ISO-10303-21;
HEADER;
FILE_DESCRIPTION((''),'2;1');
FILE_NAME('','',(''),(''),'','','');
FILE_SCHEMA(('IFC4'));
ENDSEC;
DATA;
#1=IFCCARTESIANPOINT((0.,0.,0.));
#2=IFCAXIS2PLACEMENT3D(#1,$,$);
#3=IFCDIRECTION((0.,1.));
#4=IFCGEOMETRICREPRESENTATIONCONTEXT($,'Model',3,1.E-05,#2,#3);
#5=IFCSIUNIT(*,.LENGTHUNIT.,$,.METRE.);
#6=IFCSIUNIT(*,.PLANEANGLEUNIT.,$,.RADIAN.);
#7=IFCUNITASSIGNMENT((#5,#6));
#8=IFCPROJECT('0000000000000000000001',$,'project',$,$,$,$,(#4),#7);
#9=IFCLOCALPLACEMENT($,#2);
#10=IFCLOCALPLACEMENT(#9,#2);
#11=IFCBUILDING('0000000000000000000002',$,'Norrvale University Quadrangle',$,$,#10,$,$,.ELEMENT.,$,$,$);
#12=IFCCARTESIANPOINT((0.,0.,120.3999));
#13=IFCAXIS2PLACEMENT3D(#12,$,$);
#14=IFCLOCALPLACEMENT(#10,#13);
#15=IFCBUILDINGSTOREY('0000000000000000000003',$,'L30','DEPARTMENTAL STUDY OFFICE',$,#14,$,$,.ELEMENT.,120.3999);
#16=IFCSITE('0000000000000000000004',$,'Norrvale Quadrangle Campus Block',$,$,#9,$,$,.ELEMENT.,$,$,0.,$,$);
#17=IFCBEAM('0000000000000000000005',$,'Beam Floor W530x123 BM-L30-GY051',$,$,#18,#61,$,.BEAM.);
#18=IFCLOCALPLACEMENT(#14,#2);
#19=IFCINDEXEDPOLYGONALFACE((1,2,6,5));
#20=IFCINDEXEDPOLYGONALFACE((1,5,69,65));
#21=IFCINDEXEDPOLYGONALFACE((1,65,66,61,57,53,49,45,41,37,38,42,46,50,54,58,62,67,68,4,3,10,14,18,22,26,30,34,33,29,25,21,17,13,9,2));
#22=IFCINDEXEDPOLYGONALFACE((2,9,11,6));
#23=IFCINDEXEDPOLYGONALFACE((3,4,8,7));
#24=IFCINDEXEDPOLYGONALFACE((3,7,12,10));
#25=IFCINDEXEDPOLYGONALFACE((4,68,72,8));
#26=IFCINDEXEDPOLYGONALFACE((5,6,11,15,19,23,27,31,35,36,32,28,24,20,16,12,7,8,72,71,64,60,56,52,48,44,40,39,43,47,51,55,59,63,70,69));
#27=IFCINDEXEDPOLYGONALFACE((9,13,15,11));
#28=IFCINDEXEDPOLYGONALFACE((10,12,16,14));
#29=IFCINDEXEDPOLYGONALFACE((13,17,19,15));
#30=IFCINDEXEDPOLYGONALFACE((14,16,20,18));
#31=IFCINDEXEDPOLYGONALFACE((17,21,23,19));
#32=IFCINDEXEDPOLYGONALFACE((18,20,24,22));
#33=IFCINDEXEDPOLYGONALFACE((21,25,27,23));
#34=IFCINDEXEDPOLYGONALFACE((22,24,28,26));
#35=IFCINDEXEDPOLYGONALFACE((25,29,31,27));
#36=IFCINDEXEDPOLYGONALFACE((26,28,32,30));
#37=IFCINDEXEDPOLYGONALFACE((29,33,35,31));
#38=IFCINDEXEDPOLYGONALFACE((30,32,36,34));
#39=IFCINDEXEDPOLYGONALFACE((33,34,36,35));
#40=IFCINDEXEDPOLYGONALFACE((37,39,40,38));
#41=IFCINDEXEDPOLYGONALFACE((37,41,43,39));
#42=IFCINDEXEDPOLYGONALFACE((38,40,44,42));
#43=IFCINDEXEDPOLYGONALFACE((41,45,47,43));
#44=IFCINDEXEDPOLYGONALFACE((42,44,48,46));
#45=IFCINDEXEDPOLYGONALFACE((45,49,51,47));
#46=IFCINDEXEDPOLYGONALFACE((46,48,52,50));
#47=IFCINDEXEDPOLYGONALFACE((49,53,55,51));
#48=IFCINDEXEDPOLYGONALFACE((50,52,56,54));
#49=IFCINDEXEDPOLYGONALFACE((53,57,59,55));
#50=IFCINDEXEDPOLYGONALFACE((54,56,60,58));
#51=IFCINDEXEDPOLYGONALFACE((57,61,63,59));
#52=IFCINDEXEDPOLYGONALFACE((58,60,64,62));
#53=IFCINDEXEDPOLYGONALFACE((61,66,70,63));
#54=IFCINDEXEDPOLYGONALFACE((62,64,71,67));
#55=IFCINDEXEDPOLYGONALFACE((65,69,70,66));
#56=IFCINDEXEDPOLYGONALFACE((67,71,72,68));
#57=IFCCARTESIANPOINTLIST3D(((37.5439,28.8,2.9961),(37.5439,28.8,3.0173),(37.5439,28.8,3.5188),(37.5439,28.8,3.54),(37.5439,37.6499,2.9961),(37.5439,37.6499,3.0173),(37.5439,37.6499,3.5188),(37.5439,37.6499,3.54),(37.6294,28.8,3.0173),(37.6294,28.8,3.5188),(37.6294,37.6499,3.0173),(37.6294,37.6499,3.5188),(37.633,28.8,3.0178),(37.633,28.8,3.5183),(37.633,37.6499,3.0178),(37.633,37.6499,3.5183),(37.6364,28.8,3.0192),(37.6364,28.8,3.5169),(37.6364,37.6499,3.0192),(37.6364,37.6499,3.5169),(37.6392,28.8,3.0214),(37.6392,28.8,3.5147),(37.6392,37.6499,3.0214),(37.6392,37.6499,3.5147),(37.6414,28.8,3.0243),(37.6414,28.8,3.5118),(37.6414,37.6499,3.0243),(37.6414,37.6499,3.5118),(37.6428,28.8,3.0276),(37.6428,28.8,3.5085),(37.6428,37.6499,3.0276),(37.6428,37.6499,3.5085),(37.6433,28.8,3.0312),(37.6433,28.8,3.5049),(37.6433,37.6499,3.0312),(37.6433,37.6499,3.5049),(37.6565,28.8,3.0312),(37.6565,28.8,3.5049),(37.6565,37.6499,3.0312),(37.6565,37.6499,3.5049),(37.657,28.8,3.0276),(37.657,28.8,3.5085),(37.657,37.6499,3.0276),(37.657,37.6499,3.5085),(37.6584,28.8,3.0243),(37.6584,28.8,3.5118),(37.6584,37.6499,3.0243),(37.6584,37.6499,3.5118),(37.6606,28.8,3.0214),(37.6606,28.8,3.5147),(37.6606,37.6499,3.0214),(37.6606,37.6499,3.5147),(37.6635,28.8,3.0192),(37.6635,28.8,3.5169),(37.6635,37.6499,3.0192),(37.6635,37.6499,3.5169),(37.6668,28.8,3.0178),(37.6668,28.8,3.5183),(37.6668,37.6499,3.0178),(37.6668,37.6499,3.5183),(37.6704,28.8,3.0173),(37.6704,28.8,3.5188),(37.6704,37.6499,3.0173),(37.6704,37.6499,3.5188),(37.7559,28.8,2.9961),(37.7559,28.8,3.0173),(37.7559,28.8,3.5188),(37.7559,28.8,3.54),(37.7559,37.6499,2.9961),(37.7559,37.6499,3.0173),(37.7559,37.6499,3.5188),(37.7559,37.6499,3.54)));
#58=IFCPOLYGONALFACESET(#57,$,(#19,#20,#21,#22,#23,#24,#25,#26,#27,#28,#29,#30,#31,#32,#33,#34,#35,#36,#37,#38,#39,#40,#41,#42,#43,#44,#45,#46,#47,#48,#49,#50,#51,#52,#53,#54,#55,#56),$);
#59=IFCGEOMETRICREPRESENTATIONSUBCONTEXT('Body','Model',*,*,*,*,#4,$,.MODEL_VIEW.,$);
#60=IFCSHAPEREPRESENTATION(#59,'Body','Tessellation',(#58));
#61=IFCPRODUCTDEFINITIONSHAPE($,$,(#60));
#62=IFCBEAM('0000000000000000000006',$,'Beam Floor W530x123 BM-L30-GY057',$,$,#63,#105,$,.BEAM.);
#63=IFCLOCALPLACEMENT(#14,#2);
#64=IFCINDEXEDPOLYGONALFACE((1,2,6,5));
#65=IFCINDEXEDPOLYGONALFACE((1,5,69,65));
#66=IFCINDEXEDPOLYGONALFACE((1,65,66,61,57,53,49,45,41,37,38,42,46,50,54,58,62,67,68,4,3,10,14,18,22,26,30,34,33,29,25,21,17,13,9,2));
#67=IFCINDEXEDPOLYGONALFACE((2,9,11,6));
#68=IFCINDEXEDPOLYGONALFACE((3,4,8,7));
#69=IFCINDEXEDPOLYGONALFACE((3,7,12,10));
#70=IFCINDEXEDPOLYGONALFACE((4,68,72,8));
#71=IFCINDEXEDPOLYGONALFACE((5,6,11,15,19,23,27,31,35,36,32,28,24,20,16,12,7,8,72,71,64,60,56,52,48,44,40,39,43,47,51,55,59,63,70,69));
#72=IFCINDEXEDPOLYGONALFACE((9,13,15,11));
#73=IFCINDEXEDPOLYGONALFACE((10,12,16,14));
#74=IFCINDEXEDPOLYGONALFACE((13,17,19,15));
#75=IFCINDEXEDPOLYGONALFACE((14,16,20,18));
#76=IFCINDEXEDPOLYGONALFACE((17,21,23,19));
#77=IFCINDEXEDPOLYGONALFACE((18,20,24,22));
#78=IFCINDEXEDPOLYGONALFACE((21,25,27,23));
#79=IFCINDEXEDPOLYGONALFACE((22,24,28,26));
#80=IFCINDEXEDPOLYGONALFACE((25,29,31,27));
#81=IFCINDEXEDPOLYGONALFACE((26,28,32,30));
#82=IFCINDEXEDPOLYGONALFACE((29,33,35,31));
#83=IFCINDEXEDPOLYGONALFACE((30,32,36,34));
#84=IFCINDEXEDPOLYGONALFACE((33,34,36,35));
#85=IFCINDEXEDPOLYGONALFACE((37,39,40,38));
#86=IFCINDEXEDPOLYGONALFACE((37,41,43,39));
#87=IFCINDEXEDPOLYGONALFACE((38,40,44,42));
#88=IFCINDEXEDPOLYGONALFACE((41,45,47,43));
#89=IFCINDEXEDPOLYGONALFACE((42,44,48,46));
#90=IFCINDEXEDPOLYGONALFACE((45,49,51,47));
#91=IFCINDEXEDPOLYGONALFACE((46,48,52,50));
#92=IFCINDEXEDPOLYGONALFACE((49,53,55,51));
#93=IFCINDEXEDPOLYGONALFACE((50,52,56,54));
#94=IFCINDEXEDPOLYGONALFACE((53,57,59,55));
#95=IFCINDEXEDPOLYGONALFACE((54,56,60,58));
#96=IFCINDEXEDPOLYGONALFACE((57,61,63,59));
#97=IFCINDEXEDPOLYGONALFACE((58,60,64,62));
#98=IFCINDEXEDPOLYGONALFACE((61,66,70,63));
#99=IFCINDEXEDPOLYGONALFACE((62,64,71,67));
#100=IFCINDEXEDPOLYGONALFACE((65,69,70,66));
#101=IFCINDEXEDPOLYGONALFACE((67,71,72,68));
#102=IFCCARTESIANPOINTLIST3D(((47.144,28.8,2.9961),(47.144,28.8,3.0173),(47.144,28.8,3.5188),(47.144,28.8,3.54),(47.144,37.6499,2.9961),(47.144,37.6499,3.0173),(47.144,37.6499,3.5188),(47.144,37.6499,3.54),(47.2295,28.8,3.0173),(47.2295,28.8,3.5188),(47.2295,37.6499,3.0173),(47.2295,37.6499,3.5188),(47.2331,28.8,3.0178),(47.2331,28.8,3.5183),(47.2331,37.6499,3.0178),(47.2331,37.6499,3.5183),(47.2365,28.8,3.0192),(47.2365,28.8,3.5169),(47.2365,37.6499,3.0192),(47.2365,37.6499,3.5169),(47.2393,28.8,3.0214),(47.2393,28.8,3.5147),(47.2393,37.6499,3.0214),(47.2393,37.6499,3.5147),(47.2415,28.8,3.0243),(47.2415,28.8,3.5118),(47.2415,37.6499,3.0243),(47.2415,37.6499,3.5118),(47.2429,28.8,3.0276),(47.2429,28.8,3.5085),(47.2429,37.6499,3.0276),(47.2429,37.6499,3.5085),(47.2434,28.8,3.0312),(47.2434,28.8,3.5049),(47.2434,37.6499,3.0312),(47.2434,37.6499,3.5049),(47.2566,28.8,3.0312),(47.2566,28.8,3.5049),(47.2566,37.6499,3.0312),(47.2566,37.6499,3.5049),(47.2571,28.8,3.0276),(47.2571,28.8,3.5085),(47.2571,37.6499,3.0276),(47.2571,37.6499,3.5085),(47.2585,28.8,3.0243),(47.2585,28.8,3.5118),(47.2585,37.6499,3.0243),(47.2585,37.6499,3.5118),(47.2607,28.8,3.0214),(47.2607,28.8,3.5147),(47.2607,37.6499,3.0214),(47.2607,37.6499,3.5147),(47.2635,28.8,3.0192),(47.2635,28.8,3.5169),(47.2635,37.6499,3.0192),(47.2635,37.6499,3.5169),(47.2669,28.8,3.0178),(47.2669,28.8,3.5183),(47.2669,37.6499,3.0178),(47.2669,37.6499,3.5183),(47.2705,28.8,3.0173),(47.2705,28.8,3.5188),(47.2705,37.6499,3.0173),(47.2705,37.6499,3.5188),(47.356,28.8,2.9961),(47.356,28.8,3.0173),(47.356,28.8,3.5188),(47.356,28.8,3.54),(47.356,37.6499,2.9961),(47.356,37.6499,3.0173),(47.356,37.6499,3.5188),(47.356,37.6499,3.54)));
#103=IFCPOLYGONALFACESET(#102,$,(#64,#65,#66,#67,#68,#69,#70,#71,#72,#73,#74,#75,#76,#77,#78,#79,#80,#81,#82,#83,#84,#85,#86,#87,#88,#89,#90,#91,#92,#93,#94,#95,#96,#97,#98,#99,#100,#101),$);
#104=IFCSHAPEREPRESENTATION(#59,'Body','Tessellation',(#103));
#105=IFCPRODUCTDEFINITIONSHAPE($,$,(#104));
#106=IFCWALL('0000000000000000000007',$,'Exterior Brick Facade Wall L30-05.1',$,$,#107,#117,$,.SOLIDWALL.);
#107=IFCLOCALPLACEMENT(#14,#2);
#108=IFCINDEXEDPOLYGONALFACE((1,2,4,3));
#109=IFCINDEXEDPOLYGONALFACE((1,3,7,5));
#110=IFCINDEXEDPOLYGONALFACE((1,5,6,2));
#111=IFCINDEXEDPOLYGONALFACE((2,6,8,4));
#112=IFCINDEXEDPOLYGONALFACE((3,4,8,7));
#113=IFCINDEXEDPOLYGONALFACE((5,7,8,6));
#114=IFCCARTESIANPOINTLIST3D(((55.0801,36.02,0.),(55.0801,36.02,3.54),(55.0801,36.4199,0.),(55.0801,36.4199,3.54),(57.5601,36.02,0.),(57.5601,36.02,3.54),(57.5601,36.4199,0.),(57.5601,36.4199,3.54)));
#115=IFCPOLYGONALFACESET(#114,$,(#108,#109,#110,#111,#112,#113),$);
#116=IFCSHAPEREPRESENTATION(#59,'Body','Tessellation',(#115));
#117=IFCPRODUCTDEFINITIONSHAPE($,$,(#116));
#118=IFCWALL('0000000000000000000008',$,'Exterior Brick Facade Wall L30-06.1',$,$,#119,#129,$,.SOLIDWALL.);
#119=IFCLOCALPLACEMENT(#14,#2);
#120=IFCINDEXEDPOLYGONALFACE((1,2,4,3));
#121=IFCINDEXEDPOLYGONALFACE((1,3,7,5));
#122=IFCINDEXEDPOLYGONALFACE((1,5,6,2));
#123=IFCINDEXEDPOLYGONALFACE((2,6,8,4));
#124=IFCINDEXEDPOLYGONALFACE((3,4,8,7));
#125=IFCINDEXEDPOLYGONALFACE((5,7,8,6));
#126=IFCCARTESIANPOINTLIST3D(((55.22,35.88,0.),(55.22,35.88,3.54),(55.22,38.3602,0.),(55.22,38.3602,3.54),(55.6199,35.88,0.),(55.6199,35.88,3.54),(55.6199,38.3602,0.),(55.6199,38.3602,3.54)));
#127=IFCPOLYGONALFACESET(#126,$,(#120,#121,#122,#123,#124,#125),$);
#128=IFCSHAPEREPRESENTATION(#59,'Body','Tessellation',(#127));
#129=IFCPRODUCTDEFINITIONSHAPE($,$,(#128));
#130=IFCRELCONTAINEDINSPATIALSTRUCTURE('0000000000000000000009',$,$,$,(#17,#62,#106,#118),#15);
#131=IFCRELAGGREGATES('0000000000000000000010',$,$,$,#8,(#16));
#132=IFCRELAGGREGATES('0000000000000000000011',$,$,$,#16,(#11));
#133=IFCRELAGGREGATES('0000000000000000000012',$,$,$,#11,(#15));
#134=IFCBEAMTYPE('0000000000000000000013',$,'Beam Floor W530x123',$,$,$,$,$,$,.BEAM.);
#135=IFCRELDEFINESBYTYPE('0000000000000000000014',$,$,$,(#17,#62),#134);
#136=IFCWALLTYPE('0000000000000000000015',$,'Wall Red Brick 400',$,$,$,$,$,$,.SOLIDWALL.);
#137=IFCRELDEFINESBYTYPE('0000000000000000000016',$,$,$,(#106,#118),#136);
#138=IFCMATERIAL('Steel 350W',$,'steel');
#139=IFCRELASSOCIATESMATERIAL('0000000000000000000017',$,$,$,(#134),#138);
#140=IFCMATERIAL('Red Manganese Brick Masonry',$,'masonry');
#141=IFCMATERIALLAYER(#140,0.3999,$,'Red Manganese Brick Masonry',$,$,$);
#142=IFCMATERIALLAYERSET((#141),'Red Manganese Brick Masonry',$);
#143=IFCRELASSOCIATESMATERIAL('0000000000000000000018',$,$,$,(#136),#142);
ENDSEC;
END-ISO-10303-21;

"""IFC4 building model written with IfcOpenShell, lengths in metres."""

from ifc_helpers import new_model, si_unit, direction, frame, frame_2d, origin, origin_2d, place, context, subcontext, project, spatial, rectangle, i_section, extrude, material, layer, layer_set, material_profile, profile_set, type_object, element, save


model = new_model("IFC4")

# Units and contexts
model_context = context("Model", 3, precision=1e-05, world=origin(), true_north=direction((0.0, 1.0)))
body_context = subcontext(model_context, "Body", "Model", "MODEL_VIEW")
ifc_project = project(units=[si_unit("LENGTHUNIT", "METRE"), si_unit("PLANEANGLEUNIT", "RADIAN")], contexts=[model_context])

# Site, building, storey
site_placement = place(None, origin())
site = spatial("IfcSite", under=ifc_project, at=site_placement, Name="Norrvale Quadrangle Campus Block", CompositionType="ELEMENT", RefElevation=0.0)
building_placement = place(site_placement, origin())
building = spatial("IfcBuilding", under=site, at=building_placement, Name="Norrvale University Quadrangle", CompositionType="ELEMENT")
storey_placement = place(building_placement, frame((0.0, 0.0, 120.3999)))
storey = spatial("IfcBuildingStorey", under=building, at=storey_placement, Name="L30", Description="DEPARTMENTAL STUDY OFFICE", CompositionType="ELEMENT", Elevation=120.3999)

# Beams
ifc_material_1 = material(Name="Steel 350W", Category="steel")
ifc_material_profile_1 = material_profile(ifc_material_1, i_section(OverallWidth=0.2119, OverallDepth=0.5439, WebThickness=0.0132, FlangeThickness=0.0212, FilletRadius=0.0139, at=origin_2d()), Name="Steel 350W")
ifc_profile_set_1 = profile_set([ifc_material_profile_1], Name="Steel 350W")
beam_type_1 = type_object("IfcBeamType", Name="Beam Floor W530x123", PredefinedType="BEAM", material=ifc_profile_set_1)
for number, where, z_axis, x_axis, name in (
    (1, (37.6499, 28.8, 3.2681), (0.0, 1.0, 0.0), (-1.0, 0.0, 0.0), "Beam Floor W530x123 BM-L30-GY051"),
    (2, (47.25, 28.8, 3.2681), (0.0, 1.0, 0.0), (-1.0, 0.0, 0.0), "Beam Floor W530x123 BM-L30-GY057"),
):
    element("IfcBeam", number, at=place(storey_placement, frame(where, z_axis=z_axis, x_axis=x_axis)), inside=storey, type_object=beam_type_1, Name=name, PredefinedType="BEAM", context=body_context, shape_type="SweptSolid", body=[
        extrude(i_section(OverallWidth=0.2119, OverallDepth=0.5439, WebThickness=0.0132, FlangeThickness=0.0212, FilletRadius=0.0139, at=origin_2d()), origin(), (0.0, 0.0, 1.0), 8.8499),
    ])

# Walls
ifc_material_2 = material(Name="Red Manganese Brick Masonry", Category="masonry")
ifc_layer = layer(ifc_material_2, 0.3999, Name="Red Manganese Brick Masonry")
ifc_layer_set = layer_set([ifc_layer], Name="Red Manganese Brick Masonry")
wall_type = type_object("IfcWallType", Name="Wall Red Brick 400", PredefinedType="SOLIDWALL", material=ifc_layer_set)
wall_1_placement = place(storey_placement, frame((57.5601, 36.22, 0.0), z_axis=(0.0, 0.0, 1.0), x_axis=(-1.0, 0.0, 0.0)))
element("IfcWall", 3, at=wall_1_placement, inside=storey, type_object=wall_type, Name="Exterior Brick Facade Wall L30-05.1", PredefinedType="SOLIDWALL", context=body_context, shape_type="SweptSolid", body=[
    extrude(rectangle(XDim=2.48, YDim=0.3999, at=frame_2d((1.24, 0.0))), origin(), (0.0, 0.0, 1.0), 3.54),
])
wall_2_placement = place(storey_placement, frame((55.4199, 35.8799, 0.0), z_axis=(0.0, 0.0, 1.0), x_axis=(0.0, 1.0, 0.0)))
element("IfcWall", 4, at=wall_2_placement, inside=storey, type_object=wall_type, Name="Exterior Brick Facade Wall L30-06.1", PredefinedType="SOLIDWALL", context=body_context, shape_type="SweptSolid", body=[
    extrude(rectangle(XDim=2.4802, YDim=0.3999, at=frame_2d((1.2402, 0.0))), origin(), (0.0, 0.0, 1.0), 3.54),
])

save(model, "model.ifc")
